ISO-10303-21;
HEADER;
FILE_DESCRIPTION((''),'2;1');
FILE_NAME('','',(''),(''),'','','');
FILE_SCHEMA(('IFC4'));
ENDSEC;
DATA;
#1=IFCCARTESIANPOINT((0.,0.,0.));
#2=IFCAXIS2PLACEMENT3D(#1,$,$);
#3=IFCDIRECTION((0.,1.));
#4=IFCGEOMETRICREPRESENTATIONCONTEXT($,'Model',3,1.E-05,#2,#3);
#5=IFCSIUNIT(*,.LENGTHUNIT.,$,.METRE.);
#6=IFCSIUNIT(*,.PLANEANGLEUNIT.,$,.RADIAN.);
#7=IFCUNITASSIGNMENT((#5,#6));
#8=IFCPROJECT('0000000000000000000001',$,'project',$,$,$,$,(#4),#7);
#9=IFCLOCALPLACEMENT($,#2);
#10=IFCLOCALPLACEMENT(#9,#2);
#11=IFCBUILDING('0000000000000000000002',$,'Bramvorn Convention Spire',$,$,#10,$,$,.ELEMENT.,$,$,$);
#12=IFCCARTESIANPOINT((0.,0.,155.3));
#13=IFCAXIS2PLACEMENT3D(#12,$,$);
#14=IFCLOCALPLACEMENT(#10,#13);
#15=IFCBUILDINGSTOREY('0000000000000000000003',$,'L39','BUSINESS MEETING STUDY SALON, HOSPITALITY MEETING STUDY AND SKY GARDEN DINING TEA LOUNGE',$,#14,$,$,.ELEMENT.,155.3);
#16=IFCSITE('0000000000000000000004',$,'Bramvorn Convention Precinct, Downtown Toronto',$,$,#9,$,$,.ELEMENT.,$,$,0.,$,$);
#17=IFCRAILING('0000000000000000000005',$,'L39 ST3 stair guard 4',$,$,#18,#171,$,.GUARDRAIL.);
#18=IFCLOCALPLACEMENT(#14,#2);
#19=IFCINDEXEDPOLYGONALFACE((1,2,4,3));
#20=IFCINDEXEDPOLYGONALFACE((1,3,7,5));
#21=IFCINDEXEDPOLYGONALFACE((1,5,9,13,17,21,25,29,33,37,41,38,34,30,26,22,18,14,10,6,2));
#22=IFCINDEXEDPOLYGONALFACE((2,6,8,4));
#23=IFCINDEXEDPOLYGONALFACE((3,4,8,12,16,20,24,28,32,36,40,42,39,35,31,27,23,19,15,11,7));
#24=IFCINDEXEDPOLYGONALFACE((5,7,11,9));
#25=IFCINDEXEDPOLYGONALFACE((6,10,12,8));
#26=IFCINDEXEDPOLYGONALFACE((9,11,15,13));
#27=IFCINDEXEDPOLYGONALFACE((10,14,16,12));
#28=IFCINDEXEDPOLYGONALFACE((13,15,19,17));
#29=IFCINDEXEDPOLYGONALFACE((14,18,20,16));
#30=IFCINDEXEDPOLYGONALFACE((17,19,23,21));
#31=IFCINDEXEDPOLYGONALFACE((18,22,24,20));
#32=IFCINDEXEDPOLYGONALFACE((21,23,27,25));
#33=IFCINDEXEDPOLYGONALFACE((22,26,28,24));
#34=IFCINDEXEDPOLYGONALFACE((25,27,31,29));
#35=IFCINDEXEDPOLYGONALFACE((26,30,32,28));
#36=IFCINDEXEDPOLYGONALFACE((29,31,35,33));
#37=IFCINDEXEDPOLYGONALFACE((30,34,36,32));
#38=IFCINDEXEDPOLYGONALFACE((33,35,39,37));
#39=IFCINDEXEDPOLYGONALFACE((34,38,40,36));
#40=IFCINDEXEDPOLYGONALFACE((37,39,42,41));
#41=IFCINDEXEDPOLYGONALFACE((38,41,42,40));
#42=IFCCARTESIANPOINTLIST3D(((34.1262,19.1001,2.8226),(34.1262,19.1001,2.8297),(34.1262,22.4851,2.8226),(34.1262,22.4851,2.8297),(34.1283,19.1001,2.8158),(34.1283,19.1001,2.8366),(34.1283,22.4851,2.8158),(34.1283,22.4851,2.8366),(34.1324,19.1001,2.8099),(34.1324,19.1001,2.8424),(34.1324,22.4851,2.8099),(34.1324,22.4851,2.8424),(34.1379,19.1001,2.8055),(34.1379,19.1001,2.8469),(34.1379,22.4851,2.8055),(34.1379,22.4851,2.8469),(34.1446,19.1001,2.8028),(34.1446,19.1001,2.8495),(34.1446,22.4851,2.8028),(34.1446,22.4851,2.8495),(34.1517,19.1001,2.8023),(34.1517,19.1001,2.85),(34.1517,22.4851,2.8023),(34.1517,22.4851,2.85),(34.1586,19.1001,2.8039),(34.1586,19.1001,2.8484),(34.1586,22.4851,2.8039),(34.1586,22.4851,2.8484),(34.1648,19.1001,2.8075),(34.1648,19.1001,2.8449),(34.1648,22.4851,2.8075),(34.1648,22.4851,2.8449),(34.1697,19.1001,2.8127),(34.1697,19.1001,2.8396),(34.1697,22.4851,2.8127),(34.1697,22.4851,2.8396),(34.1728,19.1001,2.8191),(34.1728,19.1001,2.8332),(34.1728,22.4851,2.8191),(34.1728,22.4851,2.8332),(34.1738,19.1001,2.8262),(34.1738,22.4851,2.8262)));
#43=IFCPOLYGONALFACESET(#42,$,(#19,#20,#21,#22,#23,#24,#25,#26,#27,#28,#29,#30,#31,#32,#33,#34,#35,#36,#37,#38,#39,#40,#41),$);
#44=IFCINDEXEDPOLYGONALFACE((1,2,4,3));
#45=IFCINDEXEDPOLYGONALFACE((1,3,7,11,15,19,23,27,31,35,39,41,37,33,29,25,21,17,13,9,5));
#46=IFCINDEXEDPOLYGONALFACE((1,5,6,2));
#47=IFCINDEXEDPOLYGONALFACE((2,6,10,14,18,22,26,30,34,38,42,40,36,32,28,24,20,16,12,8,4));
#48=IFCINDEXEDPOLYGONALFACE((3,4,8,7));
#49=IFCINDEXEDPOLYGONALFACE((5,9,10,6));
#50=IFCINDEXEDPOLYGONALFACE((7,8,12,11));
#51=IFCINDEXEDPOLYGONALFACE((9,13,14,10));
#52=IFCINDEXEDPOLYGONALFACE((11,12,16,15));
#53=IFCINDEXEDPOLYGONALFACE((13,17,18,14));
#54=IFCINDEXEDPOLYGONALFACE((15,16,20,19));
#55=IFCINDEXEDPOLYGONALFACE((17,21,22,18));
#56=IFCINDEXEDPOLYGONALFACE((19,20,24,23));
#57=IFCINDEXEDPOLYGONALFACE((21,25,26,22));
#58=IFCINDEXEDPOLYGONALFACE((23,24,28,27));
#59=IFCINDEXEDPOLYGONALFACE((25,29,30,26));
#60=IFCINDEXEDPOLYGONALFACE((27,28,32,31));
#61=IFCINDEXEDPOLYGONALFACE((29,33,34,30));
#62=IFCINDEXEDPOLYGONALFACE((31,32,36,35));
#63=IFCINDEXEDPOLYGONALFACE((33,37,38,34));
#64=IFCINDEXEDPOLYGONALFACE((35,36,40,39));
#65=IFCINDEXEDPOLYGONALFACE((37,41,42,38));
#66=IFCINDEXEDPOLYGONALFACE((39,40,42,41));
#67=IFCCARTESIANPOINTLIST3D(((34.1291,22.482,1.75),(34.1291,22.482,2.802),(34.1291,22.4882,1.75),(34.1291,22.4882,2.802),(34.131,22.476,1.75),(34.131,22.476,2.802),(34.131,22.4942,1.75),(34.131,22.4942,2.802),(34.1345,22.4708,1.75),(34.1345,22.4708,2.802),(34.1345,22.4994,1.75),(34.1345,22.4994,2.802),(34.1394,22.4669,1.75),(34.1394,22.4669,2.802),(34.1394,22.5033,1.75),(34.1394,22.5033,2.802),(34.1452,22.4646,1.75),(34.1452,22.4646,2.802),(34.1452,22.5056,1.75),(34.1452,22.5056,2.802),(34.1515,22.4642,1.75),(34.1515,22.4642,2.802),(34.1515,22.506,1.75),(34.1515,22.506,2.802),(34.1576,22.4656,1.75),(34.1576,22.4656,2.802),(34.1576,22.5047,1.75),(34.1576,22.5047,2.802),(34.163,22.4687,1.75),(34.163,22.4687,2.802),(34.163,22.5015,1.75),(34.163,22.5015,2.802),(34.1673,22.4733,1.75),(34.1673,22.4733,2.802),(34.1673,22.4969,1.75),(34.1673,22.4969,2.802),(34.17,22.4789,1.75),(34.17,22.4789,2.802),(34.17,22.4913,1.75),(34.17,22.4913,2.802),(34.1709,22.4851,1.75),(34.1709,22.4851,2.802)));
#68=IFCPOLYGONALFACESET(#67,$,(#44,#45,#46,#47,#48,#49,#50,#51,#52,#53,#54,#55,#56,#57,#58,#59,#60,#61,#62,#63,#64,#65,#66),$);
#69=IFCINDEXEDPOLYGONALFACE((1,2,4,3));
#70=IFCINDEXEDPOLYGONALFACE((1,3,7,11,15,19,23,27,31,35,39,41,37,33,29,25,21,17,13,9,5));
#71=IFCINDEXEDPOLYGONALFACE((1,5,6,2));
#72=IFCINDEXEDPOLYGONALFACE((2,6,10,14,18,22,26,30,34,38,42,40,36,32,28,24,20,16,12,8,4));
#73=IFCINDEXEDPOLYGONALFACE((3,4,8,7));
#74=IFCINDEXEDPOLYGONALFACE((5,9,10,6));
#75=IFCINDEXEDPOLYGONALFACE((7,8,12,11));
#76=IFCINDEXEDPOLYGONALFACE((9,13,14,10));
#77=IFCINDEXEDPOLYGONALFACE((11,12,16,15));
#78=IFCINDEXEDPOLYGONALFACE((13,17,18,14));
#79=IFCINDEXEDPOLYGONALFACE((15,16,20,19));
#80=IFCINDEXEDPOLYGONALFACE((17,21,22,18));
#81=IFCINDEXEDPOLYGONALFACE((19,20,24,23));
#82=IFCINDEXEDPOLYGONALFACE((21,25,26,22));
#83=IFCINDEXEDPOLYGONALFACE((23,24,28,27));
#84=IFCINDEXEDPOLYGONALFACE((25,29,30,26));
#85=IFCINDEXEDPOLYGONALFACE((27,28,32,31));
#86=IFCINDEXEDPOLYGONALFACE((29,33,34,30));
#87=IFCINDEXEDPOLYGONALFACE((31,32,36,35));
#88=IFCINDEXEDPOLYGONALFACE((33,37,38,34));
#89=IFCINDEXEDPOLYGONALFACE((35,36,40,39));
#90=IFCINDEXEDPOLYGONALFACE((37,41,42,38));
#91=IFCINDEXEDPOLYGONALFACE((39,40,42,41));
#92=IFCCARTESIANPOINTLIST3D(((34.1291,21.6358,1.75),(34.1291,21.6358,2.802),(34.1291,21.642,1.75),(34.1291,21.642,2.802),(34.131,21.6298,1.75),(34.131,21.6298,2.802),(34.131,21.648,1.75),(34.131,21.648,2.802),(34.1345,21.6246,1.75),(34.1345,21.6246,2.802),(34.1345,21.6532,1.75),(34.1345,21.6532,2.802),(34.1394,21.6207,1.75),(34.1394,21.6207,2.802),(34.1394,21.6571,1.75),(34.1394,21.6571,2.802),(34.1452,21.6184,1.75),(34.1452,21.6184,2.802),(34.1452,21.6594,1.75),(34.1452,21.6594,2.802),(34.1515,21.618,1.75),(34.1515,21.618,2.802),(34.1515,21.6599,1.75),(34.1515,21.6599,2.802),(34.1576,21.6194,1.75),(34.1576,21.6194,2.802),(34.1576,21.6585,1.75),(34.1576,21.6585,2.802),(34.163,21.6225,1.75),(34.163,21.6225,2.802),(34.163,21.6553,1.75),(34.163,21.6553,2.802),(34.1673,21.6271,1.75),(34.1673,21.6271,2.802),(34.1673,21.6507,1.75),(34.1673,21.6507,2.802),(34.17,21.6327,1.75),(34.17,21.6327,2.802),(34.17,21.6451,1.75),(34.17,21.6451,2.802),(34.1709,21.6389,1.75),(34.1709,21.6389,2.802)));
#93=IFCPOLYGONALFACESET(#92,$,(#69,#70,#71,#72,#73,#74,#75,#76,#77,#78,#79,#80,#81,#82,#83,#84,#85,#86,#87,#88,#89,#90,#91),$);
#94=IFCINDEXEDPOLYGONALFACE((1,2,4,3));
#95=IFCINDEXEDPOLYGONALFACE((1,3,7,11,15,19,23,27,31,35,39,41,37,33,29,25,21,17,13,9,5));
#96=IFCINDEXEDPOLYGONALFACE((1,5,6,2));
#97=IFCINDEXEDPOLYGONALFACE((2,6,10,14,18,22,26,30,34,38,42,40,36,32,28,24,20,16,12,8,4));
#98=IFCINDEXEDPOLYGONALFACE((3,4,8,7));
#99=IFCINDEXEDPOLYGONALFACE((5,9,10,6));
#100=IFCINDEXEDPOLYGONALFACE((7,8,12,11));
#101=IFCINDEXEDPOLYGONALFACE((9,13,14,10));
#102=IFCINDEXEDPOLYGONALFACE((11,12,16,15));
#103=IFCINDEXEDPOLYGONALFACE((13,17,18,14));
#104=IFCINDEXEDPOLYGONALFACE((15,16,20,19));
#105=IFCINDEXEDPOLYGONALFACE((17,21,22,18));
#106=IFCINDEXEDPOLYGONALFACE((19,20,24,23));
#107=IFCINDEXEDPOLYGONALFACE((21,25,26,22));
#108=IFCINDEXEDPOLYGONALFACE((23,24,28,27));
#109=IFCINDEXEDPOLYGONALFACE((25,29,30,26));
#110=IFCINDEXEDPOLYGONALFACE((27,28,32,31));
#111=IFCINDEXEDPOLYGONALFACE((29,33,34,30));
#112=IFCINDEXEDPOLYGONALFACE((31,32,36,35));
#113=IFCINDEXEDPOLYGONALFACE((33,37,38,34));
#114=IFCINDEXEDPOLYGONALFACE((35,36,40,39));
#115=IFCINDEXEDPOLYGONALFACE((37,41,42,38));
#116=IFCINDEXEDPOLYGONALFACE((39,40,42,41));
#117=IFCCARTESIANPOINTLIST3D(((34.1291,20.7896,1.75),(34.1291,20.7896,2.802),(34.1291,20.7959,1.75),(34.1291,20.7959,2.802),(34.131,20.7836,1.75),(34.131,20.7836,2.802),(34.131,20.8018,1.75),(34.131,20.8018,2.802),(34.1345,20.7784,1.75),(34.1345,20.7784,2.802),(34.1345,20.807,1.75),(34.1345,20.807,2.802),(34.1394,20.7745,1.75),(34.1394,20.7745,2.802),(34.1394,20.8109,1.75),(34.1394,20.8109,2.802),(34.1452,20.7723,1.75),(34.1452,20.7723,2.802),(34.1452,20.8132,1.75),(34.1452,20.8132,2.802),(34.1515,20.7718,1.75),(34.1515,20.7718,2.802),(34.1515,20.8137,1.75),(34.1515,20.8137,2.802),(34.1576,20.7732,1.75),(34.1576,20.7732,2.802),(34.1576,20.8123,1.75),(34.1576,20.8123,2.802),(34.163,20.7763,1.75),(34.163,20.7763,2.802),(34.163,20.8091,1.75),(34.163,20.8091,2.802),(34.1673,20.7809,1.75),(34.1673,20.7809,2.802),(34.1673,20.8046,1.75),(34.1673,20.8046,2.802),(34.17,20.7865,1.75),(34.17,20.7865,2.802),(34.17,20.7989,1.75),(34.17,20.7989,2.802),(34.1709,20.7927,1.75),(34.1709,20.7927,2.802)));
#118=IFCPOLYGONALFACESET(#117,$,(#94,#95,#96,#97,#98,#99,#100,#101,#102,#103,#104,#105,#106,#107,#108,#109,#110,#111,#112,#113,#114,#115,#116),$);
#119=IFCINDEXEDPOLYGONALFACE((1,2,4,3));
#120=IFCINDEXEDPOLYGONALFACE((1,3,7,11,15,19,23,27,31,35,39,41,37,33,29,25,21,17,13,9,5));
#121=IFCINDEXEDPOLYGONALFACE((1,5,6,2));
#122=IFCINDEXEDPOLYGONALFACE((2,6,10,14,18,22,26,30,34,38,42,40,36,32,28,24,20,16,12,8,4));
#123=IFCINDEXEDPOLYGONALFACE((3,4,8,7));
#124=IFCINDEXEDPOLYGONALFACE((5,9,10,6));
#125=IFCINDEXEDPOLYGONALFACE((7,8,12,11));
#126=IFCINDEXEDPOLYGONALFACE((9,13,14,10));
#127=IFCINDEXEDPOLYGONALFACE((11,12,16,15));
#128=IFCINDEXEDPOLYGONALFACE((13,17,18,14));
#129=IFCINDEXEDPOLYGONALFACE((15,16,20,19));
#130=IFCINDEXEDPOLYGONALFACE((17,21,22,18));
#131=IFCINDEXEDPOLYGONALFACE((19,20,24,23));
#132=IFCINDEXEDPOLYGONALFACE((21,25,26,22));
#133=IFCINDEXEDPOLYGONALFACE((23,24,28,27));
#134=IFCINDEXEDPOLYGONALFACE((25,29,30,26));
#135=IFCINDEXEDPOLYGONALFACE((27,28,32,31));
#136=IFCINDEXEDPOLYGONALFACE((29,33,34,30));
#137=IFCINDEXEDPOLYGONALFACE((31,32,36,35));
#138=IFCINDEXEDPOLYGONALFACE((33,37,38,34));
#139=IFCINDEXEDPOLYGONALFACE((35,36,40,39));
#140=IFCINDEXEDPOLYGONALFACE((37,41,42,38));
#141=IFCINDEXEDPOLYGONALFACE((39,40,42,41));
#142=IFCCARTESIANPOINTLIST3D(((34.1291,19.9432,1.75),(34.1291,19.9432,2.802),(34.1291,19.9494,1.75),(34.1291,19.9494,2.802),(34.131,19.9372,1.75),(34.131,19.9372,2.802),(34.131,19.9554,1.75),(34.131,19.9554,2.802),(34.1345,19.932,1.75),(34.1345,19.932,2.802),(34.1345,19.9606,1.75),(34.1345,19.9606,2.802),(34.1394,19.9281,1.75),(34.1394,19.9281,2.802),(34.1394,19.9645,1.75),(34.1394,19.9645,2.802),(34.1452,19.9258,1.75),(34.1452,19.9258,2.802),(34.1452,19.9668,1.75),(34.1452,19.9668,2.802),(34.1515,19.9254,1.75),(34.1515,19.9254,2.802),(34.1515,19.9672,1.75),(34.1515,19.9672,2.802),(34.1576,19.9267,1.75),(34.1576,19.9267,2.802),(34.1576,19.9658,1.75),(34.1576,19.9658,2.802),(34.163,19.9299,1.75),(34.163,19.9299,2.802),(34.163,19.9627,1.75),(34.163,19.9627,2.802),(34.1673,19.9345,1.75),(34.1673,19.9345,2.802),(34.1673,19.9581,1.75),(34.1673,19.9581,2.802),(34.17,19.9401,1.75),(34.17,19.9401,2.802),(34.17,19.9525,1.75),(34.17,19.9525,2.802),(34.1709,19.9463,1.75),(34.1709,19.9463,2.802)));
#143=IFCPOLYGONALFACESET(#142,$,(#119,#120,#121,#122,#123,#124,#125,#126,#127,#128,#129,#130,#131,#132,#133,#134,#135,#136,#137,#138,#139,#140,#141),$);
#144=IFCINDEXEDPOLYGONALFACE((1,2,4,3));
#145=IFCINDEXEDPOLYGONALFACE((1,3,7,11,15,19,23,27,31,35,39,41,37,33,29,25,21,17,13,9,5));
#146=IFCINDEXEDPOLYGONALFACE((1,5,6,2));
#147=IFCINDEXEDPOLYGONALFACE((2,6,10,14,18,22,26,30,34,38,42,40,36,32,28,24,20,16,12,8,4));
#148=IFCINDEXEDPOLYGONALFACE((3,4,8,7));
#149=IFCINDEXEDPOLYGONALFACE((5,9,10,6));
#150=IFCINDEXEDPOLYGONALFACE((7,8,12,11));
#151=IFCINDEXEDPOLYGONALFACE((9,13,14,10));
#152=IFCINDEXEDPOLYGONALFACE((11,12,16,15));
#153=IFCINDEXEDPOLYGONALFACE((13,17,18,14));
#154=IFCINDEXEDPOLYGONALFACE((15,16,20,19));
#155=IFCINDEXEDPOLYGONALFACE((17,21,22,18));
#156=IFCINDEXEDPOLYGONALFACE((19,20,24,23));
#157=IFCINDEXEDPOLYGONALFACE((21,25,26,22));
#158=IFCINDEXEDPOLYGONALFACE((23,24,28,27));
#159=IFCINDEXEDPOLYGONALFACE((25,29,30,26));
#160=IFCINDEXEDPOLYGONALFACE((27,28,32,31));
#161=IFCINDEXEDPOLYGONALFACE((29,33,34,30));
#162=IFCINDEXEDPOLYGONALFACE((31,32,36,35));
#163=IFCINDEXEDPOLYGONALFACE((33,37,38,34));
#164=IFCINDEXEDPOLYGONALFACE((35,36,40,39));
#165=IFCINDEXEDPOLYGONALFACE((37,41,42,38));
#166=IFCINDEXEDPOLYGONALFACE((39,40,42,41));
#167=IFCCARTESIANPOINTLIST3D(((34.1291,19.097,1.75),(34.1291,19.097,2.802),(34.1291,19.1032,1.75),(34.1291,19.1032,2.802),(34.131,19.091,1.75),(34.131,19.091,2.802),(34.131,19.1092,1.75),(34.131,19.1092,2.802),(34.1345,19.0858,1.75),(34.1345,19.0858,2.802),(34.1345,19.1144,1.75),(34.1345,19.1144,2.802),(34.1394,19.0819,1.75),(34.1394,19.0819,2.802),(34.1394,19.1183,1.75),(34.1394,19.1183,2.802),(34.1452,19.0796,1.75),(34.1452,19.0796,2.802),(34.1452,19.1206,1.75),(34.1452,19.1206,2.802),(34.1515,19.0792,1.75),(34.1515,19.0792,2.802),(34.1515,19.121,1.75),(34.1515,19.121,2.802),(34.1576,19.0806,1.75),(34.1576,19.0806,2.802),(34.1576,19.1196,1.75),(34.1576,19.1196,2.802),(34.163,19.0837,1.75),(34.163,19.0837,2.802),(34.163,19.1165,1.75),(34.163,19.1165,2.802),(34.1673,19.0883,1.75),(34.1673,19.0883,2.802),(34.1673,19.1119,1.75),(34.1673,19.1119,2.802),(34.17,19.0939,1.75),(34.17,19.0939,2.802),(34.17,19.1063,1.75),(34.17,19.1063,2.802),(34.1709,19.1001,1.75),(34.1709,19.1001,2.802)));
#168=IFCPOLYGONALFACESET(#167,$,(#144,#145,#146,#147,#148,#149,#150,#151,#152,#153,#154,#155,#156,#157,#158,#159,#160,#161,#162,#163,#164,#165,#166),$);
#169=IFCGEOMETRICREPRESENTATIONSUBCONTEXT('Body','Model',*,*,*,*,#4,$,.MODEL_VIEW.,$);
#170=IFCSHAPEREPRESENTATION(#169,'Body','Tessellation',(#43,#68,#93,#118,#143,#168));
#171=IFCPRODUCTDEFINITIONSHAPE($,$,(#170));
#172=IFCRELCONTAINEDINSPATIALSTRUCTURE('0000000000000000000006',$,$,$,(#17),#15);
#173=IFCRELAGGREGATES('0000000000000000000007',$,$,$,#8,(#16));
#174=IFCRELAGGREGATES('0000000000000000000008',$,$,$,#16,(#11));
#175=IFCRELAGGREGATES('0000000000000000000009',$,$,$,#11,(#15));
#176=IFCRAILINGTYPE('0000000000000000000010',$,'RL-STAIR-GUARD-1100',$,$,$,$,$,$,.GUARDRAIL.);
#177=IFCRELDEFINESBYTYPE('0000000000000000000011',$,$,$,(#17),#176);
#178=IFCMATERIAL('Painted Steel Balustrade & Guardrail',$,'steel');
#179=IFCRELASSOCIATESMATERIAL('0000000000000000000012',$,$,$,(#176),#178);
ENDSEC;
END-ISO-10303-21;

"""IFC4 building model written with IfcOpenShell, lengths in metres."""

from ifc_helpers import new_model, si_unit, direction, frame, origin, origin_2d, place, context, subcontext, project, spatial, circle, extrude, material, type_object, element, save


model = new_model("IFC4")

# Units and contexts
model_context = context("Model", 3, precision=1e-05, world=origin(), true_north=direction((0.0, 1.0)))
body_context = subcontext(model_context, "Body", "Model", "MODEL_VIEW")
ifc_project = project(units=[si_unit("LENGTHUNIT", "METRE"), si_unit("PLANEANGLEUNIT", "RADIAN")], contexts=[model_context])

# Site, building, storey
site_placement = place(None, origin())
site = spatial("IfcSite", under=ifc_project, at=site_placement, Name="Bramvorn Convention Precinct, Downtown Toronto", CompositionType="ELEMENT", RefElevation=0.0)
building_placement = place(site_placement, origin())
building = spatial("IfcBuilding", under=site, at=building_placement, Name="Bramvorn Convention Spire", CompositionType="ELEMENT")
storey_placement = place(building_placement, frame((0.0, 0.0, 155.3)))
storey = spatial("IfcBuildingStorey", under=building, at=storey_placement, Name="L39", Description="BUSINESS MEETING STUDY SALON, HOSPITALITY MEETING STUDY AND SKY GARDEN DINING TEA LOUNGE", CompositionType="ELEMENT", Elevation=155.3)

# Railing
ifc_material_1 = material(Name="Painted Steel Balustrade & Guardrail", Category="steel")
railing_type_1 = type_object("IfcRailingType", Name="RL-STAIR-GUARD-1100", PredefinedType="GUARDRAIL", material=ifc_material_1)
railing_1_placement = place(storey_placement, frame((34.1499, 22.4851, 1.75)))
element("IfcRailing", 1, at=railing_1_placement, inside=storey, type_object=railing_type_1, Name="L39 ST3 stair guard 4", PredefinedType="GUARDRAIL", context=body_context, shape_type="SweptSolid", body=[
    extrude(circle(Radius=0.0239, at=origin_2d()), frame((0.0, 0.0, 1.0762), z_axis=(0.0, -1.0, 0.0), x_axis=(1.0, 0.0, 0.0)), (0.0, 0.0, 1.0), 3.385),
    extrude(circle(Radius=0.021, at=origin_2d()), origin(), (0.0, 0.0, 1.0), 1.052),
    extrude(circle(Radius=0.021, at=origin_2d()), frame((0.0, -0.8462, 0.0)), (0.0, 0.0, 1.0), 1.052),
    extrude(circle(Radius=0.021, at=origin_2d()), frame((0.0, -1.6924, 0.0)), (0.0, 0.0, 1.0), 1.052),
    extrude(circle(Radius=0.021, at=origin_2d()), frame((0.0, -2.5388, 0.0)), (0.0, 0.0, 1.0), 1.052),
    extrude(circle(Radius=0.021, at=origin_2d()), frame((0.0, -3.385, 0.0)), (0.0, 0.0, 1.0), 1.052),
])

save(model, "model.ifc")
